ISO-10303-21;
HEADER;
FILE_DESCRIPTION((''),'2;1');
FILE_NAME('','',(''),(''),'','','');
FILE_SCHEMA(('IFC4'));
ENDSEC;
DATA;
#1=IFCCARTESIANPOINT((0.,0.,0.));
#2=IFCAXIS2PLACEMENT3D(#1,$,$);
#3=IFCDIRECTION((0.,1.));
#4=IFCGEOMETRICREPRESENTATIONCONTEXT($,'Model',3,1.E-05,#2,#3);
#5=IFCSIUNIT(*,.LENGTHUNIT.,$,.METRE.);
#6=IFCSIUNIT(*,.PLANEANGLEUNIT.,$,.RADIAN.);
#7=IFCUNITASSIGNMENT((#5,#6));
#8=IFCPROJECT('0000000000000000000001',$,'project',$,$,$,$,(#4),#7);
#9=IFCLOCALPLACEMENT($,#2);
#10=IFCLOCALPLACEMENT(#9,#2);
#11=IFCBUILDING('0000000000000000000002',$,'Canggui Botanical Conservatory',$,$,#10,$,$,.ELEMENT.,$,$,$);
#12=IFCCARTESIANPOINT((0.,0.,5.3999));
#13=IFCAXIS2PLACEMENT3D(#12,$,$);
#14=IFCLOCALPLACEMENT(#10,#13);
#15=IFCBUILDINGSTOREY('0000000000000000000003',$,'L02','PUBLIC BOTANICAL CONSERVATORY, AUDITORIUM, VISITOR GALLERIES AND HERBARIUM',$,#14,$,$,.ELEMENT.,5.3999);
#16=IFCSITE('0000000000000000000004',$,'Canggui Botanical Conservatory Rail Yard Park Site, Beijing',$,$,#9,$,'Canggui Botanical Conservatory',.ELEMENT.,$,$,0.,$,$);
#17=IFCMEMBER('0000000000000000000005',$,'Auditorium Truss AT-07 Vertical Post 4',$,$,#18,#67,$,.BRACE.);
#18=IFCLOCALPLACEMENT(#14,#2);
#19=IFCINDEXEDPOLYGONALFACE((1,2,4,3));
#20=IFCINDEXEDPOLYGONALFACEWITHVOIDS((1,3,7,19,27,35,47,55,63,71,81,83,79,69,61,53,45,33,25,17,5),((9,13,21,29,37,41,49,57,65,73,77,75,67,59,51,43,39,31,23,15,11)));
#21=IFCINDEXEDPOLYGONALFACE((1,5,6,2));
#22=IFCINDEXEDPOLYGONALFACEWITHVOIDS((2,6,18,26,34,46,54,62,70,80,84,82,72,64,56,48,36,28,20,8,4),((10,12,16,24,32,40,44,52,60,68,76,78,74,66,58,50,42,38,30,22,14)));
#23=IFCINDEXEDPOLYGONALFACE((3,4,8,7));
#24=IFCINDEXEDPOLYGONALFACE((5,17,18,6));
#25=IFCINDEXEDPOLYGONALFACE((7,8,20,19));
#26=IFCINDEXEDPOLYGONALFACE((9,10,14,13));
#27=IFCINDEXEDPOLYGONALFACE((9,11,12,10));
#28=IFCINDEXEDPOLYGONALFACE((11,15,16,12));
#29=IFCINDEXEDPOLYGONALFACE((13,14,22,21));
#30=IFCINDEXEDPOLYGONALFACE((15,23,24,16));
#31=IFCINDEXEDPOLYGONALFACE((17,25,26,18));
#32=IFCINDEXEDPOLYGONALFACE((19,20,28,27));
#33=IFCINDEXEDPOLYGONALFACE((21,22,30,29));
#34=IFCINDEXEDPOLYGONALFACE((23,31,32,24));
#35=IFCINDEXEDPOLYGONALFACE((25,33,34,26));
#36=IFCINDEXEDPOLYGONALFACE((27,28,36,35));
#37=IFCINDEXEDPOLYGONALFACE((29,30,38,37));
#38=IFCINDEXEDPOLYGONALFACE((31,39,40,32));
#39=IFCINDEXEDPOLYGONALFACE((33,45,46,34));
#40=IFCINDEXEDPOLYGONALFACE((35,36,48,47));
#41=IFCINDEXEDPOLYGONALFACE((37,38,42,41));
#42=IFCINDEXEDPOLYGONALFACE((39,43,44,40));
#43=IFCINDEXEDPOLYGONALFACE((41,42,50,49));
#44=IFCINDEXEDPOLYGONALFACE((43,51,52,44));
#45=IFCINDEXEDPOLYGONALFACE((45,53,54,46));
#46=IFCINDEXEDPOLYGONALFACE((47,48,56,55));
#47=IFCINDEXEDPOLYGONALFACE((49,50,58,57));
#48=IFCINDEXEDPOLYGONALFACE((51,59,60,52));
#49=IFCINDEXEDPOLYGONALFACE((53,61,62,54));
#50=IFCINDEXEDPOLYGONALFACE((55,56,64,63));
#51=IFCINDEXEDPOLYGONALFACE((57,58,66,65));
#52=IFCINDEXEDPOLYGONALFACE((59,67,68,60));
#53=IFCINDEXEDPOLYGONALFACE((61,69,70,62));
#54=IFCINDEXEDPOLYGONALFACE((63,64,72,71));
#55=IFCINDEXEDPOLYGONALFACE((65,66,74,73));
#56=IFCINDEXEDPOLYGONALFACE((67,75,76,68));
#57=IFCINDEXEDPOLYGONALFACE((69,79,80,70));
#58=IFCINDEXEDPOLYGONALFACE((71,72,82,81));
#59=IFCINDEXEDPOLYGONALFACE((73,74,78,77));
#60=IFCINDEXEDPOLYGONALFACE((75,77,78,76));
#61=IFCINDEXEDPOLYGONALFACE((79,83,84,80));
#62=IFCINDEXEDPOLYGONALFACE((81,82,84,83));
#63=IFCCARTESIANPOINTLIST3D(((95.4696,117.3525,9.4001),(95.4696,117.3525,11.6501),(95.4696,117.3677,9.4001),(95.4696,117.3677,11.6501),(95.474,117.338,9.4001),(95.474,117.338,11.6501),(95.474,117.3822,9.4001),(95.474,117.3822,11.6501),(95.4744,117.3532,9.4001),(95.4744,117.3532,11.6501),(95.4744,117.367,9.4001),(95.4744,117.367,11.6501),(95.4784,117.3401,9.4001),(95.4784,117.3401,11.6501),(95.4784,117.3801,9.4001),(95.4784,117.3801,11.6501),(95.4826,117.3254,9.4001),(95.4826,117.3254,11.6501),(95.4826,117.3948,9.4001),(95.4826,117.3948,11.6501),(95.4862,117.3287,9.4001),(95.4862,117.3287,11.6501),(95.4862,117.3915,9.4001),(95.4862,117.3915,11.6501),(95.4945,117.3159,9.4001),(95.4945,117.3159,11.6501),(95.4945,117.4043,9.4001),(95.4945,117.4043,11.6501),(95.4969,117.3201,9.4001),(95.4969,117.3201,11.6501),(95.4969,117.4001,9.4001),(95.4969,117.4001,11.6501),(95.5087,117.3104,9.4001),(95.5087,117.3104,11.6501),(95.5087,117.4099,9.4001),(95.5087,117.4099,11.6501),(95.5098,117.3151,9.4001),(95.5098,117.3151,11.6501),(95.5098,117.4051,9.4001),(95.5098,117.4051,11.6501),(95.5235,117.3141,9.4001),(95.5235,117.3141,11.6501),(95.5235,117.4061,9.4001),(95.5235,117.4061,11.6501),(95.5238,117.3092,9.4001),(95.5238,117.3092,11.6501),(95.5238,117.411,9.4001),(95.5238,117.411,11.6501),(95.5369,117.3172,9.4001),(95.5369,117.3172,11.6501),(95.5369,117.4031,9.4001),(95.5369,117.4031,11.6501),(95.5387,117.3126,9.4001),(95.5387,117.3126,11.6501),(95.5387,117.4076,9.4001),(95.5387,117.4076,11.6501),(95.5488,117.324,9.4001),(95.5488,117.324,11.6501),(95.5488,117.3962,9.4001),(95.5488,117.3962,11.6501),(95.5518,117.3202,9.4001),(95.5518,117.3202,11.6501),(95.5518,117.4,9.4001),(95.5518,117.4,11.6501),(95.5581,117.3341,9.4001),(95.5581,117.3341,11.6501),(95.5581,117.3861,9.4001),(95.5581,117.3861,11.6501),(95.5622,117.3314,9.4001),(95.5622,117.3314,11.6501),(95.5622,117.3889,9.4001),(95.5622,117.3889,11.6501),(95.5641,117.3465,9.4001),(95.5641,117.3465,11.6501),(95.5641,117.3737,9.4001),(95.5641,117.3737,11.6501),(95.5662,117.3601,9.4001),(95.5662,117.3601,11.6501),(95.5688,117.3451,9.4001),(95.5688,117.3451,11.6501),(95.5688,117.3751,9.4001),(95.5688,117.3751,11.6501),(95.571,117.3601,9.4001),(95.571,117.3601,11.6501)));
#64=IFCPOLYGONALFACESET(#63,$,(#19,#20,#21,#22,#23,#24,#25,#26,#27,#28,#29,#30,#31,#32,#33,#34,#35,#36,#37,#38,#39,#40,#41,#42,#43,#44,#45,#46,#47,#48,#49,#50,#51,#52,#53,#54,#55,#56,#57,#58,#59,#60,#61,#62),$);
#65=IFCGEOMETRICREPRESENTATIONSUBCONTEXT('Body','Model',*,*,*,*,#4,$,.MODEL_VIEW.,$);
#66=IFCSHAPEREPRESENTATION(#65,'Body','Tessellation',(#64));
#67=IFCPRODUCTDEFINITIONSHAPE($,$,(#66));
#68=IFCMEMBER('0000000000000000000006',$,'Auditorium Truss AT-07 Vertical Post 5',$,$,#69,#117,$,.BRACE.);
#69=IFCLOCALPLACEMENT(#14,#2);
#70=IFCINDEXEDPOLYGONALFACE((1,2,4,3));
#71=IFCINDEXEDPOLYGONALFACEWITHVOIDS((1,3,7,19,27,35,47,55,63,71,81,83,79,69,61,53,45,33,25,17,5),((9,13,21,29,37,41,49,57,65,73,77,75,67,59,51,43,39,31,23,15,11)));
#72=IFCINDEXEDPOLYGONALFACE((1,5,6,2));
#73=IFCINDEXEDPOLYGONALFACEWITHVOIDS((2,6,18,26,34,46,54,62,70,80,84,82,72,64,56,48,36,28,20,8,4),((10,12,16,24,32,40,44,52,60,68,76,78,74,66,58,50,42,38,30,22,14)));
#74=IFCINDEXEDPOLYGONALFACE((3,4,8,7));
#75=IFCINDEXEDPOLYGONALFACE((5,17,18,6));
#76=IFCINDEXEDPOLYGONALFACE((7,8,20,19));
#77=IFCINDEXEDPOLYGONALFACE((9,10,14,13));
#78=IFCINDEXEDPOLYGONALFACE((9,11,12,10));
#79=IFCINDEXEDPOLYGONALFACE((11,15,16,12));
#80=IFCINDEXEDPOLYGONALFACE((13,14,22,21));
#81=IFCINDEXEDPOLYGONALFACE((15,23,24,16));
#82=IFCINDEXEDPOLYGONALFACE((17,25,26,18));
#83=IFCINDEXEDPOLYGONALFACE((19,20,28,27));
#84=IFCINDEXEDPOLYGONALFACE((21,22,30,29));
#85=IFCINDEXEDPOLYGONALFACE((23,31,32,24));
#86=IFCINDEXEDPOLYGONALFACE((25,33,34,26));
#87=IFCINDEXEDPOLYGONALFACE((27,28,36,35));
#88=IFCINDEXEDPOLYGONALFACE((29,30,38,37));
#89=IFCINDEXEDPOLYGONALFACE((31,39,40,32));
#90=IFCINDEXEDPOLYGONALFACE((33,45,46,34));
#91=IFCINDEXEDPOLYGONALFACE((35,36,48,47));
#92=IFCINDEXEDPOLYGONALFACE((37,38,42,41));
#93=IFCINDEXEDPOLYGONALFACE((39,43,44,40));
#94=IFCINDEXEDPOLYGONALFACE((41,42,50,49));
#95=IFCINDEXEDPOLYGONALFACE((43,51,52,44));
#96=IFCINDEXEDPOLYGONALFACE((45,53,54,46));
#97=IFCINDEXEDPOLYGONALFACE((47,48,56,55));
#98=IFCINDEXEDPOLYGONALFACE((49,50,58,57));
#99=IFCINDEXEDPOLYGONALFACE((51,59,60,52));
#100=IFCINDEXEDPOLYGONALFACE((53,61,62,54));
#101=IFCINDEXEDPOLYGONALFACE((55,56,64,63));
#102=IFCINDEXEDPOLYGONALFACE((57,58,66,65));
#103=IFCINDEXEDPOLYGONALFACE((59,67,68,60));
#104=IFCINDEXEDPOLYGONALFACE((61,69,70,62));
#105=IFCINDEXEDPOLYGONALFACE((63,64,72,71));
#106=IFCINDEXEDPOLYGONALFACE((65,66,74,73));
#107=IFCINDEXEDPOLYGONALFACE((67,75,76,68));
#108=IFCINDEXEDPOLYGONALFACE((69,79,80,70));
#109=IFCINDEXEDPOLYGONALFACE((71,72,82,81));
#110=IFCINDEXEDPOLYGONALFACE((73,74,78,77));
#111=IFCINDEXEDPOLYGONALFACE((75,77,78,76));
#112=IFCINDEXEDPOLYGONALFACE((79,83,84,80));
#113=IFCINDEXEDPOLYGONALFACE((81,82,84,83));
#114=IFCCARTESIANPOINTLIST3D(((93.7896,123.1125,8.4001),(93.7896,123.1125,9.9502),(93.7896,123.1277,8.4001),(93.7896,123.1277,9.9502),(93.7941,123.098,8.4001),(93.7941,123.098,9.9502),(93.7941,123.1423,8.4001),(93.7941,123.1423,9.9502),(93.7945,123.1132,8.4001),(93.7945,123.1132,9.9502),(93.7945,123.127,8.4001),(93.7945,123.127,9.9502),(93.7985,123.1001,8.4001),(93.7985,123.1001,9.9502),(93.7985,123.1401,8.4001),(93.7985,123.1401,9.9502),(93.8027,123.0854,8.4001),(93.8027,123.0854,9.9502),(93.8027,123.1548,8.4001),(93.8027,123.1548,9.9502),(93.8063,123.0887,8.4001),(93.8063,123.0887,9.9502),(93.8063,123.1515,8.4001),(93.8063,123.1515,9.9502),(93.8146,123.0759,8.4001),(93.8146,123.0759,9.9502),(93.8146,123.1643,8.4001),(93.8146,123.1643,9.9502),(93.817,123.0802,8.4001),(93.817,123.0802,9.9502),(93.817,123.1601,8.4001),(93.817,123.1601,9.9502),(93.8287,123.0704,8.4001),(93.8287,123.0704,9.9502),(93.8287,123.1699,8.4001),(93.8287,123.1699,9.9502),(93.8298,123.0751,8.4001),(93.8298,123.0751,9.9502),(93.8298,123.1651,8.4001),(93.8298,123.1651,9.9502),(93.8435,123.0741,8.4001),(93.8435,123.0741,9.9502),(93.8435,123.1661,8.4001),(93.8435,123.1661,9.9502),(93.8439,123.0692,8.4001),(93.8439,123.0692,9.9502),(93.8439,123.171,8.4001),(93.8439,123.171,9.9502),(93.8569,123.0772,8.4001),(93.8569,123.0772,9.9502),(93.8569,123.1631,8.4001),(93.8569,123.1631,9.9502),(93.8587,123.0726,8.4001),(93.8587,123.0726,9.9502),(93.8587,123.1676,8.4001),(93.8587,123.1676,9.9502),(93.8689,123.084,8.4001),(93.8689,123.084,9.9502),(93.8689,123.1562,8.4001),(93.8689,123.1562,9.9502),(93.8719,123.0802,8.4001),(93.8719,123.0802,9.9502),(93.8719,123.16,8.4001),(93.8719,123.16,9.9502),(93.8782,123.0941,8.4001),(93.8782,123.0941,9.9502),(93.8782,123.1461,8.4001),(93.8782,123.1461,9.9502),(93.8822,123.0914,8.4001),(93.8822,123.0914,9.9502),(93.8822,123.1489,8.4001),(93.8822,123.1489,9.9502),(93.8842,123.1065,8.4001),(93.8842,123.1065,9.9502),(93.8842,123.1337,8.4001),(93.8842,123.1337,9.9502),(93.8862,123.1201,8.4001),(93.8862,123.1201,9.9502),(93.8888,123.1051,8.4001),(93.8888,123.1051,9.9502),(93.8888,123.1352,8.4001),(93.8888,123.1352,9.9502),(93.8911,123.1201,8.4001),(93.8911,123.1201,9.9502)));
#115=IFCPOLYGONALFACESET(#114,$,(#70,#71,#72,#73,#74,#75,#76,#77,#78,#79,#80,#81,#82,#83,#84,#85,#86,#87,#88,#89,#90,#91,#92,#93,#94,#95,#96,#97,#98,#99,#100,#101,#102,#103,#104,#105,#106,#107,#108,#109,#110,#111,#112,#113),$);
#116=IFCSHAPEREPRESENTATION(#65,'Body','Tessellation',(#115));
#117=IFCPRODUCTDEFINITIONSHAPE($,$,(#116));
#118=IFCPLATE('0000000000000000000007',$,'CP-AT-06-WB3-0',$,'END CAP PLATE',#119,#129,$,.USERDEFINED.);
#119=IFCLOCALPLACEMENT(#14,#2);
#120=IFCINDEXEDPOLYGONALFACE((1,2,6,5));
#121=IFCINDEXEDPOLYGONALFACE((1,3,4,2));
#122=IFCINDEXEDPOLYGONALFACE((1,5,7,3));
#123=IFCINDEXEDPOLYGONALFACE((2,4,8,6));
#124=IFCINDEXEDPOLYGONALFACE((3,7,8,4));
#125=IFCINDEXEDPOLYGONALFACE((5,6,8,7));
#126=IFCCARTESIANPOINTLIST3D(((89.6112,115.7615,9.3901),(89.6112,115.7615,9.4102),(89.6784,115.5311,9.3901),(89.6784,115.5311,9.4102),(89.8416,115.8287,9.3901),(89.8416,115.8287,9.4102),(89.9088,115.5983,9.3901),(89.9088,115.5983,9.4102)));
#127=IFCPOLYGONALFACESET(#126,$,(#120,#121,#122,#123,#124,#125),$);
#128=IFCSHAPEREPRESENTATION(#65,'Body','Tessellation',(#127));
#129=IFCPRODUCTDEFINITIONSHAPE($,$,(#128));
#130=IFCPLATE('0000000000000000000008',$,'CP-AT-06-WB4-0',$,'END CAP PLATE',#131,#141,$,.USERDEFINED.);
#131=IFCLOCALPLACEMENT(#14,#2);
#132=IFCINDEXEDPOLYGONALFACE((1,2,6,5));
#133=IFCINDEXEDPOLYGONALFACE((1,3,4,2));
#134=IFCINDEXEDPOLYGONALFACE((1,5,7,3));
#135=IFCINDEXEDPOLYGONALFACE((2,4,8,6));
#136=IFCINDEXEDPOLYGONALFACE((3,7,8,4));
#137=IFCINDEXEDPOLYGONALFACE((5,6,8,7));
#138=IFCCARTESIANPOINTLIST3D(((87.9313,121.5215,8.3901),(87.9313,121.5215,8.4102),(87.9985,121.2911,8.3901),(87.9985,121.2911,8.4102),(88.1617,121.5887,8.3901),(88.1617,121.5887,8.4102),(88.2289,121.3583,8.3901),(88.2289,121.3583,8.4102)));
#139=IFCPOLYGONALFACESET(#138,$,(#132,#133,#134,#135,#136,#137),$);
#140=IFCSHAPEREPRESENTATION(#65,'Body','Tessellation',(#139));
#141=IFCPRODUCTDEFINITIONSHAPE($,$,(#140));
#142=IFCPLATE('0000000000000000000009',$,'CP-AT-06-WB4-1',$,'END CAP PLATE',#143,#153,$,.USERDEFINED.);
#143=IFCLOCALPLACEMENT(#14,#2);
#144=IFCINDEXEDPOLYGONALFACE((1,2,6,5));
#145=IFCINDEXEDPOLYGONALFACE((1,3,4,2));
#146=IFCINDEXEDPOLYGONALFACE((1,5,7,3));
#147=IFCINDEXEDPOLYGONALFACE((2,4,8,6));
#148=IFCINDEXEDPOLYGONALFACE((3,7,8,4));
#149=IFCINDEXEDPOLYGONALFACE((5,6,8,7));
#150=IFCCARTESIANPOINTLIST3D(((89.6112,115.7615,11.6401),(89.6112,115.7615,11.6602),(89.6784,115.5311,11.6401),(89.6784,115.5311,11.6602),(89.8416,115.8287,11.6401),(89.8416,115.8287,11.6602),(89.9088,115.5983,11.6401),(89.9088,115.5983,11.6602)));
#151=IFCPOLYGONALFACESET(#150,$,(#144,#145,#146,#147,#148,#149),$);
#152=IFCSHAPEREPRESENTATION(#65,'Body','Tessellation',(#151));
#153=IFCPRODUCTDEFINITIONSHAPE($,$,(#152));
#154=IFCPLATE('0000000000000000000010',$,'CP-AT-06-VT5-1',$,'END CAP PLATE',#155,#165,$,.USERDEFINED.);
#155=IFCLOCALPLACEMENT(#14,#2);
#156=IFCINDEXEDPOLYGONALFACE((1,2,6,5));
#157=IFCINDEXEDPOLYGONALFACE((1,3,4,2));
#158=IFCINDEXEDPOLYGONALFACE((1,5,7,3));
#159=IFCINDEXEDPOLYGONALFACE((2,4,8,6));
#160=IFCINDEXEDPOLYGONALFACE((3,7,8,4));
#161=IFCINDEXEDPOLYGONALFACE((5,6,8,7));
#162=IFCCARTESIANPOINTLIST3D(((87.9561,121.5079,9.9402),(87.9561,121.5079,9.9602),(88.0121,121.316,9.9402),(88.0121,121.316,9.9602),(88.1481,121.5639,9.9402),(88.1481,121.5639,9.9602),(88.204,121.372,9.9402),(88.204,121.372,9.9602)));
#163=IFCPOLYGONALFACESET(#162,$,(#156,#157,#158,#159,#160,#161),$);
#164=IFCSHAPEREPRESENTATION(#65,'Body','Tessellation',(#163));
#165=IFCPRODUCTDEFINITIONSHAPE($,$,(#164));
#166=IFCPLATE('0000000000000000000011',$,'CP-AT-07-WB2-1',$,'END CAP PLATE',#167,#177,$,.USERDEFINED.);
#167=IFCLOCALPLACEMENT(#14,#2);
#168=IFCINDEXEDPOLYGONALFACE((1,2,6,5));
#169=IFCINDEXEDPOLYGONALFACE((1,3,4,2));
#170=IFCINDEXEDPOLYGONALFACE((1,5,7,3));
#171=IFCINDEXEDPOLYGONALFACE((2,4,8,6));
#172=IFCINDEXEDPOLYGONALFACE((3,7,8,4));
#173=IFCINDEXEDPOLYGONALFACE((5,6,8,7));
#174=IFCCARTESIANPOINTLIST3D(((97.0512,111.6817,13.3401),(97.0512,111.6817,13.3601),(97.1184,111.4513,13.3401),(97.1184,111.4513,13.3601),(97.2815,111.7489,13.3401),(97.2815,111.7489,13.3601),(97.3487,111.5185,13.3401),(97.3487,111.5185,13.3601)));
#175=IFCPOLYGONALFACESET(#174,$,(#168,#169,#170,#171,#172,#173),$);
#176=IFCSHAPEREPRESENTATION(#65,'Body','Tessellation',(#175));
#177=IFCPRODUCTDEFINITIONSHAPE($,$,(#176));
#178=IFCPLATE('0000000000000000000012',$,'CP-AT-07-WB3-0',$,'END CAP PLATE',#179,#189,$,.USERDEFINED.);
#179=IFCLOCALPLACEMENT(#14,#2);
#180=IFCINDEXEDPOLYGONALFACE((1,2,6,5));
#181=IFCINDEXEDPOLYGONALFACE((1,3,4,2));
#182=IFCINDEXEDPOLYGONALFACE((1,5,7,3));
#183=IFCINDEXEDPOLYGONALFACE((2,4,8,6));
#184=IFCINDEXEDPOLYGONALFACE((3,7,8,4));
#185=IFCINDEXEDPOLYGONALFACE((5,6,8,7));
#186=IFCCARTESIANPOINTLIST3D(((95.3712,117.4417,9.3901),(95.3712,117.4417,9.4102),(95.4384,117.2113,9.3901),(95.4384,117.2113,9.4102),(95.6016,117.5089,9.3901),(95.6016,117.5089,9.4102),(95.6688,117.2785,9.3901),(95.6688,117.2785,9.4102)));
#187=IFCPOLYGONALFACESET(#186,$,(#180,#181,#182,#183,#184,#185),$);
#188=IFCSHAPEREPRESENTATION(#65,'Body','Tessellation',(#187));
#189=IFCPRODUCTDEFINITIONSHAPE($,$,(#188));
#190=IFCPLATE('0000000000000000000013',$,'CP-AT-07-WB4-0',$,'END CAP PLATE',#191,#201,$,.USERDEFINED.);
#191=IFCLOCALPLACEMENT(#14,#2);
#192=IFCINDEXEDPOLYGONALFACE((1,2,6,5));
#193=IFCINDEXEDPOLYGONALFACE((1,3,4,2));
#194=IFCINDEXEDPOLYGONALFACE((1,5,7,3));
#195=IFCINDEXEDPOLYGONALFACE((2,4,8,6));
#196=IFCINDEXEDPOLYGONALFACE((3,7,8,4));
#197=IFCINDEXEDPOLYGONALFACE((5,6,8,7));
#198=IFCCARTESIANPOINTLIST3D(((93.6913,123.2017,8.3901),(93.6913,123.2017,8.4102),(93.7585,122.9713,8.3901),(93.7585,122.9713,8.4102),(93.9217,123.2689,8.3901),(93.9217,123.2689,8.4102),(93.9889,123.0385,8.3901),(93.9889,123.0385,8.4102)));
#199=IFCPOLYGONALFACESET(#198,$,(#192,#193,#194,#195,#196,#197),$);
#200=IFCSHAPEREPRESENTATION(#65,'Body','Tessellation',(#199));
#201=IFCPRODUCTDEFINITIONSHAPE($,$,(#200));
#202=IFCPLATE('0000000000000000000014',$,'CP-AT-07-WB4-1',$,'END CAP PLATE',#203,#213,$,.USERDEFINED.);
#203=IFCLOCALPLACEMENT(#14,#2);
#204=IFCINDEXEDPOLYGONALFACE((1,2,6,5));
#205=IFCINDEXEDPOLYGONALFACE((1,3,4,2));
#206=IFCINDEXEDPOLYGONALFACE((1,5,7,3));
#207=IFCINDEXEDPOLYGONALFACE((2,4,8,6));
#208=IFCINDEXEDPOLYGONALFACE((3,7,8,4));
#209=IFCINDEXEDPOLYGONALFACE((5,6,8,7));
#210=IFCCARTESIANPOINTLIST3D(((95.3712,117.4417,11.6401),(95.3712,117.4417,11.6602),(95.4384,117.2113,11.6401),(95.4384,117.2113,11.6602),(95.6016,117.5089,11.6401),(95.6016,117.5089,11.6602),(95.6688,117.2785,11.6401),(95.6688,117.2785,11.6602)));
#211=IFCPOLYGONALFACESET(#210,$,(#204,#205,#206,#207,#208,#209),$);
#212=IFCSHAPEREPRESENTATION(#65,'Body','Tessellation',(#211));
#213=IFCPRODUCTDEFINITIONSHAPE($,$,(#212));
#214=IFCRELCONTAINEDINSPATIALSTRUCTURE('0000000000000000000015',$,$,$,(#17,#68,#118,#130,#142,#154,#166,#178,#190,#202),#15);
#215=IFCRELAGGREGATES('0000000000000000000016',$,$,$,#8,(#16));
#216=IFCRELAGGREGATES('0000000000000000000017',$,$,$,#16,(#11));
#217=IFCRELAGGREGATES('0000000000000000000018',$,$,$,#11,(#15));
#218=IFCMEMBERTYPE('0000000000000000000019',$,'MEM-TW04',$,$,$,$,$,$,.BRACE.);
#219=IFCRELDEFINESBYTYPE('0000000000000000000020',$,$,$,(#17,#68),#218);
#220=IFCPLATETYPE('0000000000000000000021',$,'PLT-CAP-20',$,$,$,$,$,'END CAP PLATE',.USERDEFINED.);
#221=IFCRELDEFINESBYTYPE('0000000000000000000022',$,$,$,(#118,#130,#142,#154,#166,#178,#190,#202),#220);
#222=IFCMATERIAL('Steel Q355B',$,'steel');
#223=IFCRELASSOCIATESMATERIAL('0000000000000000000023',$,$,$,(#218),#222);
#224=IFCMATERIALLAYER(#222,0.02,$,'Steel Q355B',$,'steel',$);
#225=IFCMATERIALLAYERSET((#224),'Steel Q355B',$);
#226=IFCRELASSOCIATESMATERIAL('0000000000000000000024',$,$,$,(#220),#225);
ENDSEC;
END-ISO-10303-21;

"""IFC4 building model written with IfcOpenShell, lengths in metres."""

from ifc_helpers import new_model, si_unit, direction, frame, origin, origin_2d, place, context, subcontext, project, spatial, rectangle, hollow_circle, extrude, material, layer, layer_set, material_profile, profile_set, type_object, element, save


model = new_model("IFC4")

# Units and contexts
model_context = context("Model", 3, precision=1e-05, world=origin(), true_north=direction((0.0, 1.0)))
body_context = subcontext(model_context, "Body", "Model", "MODEL_VIEW")
ifc_project = project(units=[si_unit("LENGTHUNIT", "METRE"), si_unit("PLANEANGLEUNIT", "RADIAN")], contexts=[model_context])

# Site, building, storey
site_placement = place(None, origin())
site = spatial("IfcSite", under=ifc_project, at=site_placement, Name="Canggui Botanical Conservatory Rail Yard Park Site, Beijing", LongName="Canggui Botanical Conservatory", CompositionType="ELEMENT", RefElevation=0.0)
building_placement = place(site_placement, origin())
building = spatial("IfcBuilding", under=site, at=building_placement, Name="Canggui Botanical Conservatory", CompositionType="ELEMENT")
storey_placement = place(building_placement, frame((0.0, 0.0, 5.3999)))
storey = spatial("IfcBuildingStorey", under=building, at=storey_placement, Name="L02", Description="PUBLIC BOTANICAL CONSERVATORY, AUDITORIUM, VISITOR GALLERIES AND HERBARIUM", CompositionType="ELEMENT", Elevation=5.3999)

# Shared definitions
ifc_material_1 = material(Name="Steel Q355B", Category="steel")

# Members
ifc_material_profile_1 = material_profile(ifc_material_1, hollow_circle(Radius=0.051, WallThickness=0.0049, at=origin_2d()), Name="CHS 102x5")
ifc_profile_set_1 = profile_set([ifc_material_profile_1], Name="Steel Q355B")
member_type_1 = type_object("IfcMemberType", Name="MEM-TW04", PredefinedType="BRACE", material=ifc_profile_set_1)
member_1_placement = place(storey_placement, frame((95.52, 117.3601, 9.4001), z_axis=(0.0, 0.0, 1.0), x_axis=(1.0, 0.0, 0.0)))
element("IfcMember", 1, at=member_1_placement, inside=storey, type_object=member_type_1, Name="Auditorium Truss AT-07 Vertical Post 4", PredefinedType="BRACE", context=body_context, shape_type="SweptSolid", body=[
    extrude(hollow_circle(Radius=0.051, WallThickness=0.0049, at=origin_2d()), origin(), (0.0, 0.0, 1.0), 2.25),
])
member_2_placement = place(storey_placement, frame((93.8401, 123.1201, 8.4001), z_axis=(0.0, 0.0, 1.0), x_axis=(1.0, 0.0, 0.0)))
element("IfcMember", 2, at=member_2_placement, inside=storey, type_object=member_type_1, Name="Auditorium Truss AT-07 Vertical Post 5", PredefinedType="BRACE", context=body_context, shape_type="SweptSolid", body=[
    extrude(hollow_circle(Radius=0.051, WallThickness=0.0049, at=origin_2d()), origin(), (0.0, 0.0, 1.0), 1.55),
])

# Plates
ifc_layer_1 = layer(ifc_material_1, 0.02, Name="Steel Q355B", Category="steel")
ifc_layer_set_1 = layer_set([ifc_layer_1], Name="Steel Q355B")
plate_type = type_object("IfcPlateType", Name="PLT-CAP-20", ElementType="END CAP PLATE", PredefinedType="USERDEFINED", material=ifc_layer_set_1)
for number, where, z_axis, x_axis, name in (
    (3, (89.76, 115.6799, 9.3901), (0.0, 0.0, 1.0), (0.96, 0.28, 0.0), "CP-AT-06-WB3-0"),
    (4, (88.0801, 121.4399, 8.3901), (0.0, 0.0, 1.0), (0.96, 0.28, 0.0), "CP-AT-06-WB4-0"),
    (5, (89.76, 115.6799, 11.6401), (0.0, 0.0, 1.0), (0.96, 0.28, 0.0), "CP-AT-06-WB4-1"),
):
    element("IfcPlate", number, at=place(storey_placement, frame(where, z_axis=z_axis, x_axis=x_axis)), inside=storey, type_object=plate_type, Name=name, ObjectType="END CAP PLATE", PredefinedType="USERDEFINED", context=body_context, shape_type="SweptSolid", body=[
        extrude(rectangle(XDim=0.24, YDim=0.24, at=origin_2d()), origin(), (0.0, 0.0, 1.0), 0.02),
    ])
plate_1_placement = place(storey_placement, frame((88.0801, 121.4399, 9.9402), z_axis=(0.0, 0.0, 1.0), x_axis=(0.96, 0.28, 0.0)))
element("IfcPlate", 6, at=plate_1_placement, inside=storey, type_object=plate_type, Name="CP-AT-06-VT5-1", ObjectType="END CAP PLATE", PredefinedType="USERDEFINED", context=body_context, shape_type="SweptSolid", body=[
    extrude(rectangle(XDim=0.2, YDim=0.2, at=origin_2d()), origin(), (0.0, 0.0, 1.0), 0.02),
])
for number, where, z_axis, x_axis, name in (
    (7, (97.2, 111.6001, 13.3401), (0.0, 0.0, 1.0), (0.96, 0.28, 0.0), "CP-AT-07-WB2-1"),
    (8, (95.52, 117.3601, 9.3901), (0.0, 0.0, 1.0), (0.96, 0.28, 0.0), "CP-AT-07-WB3-0"),
    (9, (93.8401, 123.1201, 8.3901), (0.0, 0.0, 1.0), (0.96, 0.28, 0.0), "CP-AT-07-WB4-0"),
    (10, (95.52, 117.3601, 11.6401), (0.0, 0.0, 1.0), (0.96, 0.28, 0.0), "CP-AT-07-WB4-1"),
):
    element("IfcPlate", number, at=place(storey_placement, frame(where, z_axis=z_axis, x_axis=x_axis)), inside=storey, type_object=plate_type, Name=name, ObjectType="END CAP PLATE", PredefinedType="USERDEFINED", context=body_context, shape_type="SweptSolid", body=[
        extrude(rectangle(XDim=0.24, YDim=0.24, at=origin_2d()), origin(), (0.0, 0.0, 1.0), 0.02),
    ])

save(model, "model.ifc")
